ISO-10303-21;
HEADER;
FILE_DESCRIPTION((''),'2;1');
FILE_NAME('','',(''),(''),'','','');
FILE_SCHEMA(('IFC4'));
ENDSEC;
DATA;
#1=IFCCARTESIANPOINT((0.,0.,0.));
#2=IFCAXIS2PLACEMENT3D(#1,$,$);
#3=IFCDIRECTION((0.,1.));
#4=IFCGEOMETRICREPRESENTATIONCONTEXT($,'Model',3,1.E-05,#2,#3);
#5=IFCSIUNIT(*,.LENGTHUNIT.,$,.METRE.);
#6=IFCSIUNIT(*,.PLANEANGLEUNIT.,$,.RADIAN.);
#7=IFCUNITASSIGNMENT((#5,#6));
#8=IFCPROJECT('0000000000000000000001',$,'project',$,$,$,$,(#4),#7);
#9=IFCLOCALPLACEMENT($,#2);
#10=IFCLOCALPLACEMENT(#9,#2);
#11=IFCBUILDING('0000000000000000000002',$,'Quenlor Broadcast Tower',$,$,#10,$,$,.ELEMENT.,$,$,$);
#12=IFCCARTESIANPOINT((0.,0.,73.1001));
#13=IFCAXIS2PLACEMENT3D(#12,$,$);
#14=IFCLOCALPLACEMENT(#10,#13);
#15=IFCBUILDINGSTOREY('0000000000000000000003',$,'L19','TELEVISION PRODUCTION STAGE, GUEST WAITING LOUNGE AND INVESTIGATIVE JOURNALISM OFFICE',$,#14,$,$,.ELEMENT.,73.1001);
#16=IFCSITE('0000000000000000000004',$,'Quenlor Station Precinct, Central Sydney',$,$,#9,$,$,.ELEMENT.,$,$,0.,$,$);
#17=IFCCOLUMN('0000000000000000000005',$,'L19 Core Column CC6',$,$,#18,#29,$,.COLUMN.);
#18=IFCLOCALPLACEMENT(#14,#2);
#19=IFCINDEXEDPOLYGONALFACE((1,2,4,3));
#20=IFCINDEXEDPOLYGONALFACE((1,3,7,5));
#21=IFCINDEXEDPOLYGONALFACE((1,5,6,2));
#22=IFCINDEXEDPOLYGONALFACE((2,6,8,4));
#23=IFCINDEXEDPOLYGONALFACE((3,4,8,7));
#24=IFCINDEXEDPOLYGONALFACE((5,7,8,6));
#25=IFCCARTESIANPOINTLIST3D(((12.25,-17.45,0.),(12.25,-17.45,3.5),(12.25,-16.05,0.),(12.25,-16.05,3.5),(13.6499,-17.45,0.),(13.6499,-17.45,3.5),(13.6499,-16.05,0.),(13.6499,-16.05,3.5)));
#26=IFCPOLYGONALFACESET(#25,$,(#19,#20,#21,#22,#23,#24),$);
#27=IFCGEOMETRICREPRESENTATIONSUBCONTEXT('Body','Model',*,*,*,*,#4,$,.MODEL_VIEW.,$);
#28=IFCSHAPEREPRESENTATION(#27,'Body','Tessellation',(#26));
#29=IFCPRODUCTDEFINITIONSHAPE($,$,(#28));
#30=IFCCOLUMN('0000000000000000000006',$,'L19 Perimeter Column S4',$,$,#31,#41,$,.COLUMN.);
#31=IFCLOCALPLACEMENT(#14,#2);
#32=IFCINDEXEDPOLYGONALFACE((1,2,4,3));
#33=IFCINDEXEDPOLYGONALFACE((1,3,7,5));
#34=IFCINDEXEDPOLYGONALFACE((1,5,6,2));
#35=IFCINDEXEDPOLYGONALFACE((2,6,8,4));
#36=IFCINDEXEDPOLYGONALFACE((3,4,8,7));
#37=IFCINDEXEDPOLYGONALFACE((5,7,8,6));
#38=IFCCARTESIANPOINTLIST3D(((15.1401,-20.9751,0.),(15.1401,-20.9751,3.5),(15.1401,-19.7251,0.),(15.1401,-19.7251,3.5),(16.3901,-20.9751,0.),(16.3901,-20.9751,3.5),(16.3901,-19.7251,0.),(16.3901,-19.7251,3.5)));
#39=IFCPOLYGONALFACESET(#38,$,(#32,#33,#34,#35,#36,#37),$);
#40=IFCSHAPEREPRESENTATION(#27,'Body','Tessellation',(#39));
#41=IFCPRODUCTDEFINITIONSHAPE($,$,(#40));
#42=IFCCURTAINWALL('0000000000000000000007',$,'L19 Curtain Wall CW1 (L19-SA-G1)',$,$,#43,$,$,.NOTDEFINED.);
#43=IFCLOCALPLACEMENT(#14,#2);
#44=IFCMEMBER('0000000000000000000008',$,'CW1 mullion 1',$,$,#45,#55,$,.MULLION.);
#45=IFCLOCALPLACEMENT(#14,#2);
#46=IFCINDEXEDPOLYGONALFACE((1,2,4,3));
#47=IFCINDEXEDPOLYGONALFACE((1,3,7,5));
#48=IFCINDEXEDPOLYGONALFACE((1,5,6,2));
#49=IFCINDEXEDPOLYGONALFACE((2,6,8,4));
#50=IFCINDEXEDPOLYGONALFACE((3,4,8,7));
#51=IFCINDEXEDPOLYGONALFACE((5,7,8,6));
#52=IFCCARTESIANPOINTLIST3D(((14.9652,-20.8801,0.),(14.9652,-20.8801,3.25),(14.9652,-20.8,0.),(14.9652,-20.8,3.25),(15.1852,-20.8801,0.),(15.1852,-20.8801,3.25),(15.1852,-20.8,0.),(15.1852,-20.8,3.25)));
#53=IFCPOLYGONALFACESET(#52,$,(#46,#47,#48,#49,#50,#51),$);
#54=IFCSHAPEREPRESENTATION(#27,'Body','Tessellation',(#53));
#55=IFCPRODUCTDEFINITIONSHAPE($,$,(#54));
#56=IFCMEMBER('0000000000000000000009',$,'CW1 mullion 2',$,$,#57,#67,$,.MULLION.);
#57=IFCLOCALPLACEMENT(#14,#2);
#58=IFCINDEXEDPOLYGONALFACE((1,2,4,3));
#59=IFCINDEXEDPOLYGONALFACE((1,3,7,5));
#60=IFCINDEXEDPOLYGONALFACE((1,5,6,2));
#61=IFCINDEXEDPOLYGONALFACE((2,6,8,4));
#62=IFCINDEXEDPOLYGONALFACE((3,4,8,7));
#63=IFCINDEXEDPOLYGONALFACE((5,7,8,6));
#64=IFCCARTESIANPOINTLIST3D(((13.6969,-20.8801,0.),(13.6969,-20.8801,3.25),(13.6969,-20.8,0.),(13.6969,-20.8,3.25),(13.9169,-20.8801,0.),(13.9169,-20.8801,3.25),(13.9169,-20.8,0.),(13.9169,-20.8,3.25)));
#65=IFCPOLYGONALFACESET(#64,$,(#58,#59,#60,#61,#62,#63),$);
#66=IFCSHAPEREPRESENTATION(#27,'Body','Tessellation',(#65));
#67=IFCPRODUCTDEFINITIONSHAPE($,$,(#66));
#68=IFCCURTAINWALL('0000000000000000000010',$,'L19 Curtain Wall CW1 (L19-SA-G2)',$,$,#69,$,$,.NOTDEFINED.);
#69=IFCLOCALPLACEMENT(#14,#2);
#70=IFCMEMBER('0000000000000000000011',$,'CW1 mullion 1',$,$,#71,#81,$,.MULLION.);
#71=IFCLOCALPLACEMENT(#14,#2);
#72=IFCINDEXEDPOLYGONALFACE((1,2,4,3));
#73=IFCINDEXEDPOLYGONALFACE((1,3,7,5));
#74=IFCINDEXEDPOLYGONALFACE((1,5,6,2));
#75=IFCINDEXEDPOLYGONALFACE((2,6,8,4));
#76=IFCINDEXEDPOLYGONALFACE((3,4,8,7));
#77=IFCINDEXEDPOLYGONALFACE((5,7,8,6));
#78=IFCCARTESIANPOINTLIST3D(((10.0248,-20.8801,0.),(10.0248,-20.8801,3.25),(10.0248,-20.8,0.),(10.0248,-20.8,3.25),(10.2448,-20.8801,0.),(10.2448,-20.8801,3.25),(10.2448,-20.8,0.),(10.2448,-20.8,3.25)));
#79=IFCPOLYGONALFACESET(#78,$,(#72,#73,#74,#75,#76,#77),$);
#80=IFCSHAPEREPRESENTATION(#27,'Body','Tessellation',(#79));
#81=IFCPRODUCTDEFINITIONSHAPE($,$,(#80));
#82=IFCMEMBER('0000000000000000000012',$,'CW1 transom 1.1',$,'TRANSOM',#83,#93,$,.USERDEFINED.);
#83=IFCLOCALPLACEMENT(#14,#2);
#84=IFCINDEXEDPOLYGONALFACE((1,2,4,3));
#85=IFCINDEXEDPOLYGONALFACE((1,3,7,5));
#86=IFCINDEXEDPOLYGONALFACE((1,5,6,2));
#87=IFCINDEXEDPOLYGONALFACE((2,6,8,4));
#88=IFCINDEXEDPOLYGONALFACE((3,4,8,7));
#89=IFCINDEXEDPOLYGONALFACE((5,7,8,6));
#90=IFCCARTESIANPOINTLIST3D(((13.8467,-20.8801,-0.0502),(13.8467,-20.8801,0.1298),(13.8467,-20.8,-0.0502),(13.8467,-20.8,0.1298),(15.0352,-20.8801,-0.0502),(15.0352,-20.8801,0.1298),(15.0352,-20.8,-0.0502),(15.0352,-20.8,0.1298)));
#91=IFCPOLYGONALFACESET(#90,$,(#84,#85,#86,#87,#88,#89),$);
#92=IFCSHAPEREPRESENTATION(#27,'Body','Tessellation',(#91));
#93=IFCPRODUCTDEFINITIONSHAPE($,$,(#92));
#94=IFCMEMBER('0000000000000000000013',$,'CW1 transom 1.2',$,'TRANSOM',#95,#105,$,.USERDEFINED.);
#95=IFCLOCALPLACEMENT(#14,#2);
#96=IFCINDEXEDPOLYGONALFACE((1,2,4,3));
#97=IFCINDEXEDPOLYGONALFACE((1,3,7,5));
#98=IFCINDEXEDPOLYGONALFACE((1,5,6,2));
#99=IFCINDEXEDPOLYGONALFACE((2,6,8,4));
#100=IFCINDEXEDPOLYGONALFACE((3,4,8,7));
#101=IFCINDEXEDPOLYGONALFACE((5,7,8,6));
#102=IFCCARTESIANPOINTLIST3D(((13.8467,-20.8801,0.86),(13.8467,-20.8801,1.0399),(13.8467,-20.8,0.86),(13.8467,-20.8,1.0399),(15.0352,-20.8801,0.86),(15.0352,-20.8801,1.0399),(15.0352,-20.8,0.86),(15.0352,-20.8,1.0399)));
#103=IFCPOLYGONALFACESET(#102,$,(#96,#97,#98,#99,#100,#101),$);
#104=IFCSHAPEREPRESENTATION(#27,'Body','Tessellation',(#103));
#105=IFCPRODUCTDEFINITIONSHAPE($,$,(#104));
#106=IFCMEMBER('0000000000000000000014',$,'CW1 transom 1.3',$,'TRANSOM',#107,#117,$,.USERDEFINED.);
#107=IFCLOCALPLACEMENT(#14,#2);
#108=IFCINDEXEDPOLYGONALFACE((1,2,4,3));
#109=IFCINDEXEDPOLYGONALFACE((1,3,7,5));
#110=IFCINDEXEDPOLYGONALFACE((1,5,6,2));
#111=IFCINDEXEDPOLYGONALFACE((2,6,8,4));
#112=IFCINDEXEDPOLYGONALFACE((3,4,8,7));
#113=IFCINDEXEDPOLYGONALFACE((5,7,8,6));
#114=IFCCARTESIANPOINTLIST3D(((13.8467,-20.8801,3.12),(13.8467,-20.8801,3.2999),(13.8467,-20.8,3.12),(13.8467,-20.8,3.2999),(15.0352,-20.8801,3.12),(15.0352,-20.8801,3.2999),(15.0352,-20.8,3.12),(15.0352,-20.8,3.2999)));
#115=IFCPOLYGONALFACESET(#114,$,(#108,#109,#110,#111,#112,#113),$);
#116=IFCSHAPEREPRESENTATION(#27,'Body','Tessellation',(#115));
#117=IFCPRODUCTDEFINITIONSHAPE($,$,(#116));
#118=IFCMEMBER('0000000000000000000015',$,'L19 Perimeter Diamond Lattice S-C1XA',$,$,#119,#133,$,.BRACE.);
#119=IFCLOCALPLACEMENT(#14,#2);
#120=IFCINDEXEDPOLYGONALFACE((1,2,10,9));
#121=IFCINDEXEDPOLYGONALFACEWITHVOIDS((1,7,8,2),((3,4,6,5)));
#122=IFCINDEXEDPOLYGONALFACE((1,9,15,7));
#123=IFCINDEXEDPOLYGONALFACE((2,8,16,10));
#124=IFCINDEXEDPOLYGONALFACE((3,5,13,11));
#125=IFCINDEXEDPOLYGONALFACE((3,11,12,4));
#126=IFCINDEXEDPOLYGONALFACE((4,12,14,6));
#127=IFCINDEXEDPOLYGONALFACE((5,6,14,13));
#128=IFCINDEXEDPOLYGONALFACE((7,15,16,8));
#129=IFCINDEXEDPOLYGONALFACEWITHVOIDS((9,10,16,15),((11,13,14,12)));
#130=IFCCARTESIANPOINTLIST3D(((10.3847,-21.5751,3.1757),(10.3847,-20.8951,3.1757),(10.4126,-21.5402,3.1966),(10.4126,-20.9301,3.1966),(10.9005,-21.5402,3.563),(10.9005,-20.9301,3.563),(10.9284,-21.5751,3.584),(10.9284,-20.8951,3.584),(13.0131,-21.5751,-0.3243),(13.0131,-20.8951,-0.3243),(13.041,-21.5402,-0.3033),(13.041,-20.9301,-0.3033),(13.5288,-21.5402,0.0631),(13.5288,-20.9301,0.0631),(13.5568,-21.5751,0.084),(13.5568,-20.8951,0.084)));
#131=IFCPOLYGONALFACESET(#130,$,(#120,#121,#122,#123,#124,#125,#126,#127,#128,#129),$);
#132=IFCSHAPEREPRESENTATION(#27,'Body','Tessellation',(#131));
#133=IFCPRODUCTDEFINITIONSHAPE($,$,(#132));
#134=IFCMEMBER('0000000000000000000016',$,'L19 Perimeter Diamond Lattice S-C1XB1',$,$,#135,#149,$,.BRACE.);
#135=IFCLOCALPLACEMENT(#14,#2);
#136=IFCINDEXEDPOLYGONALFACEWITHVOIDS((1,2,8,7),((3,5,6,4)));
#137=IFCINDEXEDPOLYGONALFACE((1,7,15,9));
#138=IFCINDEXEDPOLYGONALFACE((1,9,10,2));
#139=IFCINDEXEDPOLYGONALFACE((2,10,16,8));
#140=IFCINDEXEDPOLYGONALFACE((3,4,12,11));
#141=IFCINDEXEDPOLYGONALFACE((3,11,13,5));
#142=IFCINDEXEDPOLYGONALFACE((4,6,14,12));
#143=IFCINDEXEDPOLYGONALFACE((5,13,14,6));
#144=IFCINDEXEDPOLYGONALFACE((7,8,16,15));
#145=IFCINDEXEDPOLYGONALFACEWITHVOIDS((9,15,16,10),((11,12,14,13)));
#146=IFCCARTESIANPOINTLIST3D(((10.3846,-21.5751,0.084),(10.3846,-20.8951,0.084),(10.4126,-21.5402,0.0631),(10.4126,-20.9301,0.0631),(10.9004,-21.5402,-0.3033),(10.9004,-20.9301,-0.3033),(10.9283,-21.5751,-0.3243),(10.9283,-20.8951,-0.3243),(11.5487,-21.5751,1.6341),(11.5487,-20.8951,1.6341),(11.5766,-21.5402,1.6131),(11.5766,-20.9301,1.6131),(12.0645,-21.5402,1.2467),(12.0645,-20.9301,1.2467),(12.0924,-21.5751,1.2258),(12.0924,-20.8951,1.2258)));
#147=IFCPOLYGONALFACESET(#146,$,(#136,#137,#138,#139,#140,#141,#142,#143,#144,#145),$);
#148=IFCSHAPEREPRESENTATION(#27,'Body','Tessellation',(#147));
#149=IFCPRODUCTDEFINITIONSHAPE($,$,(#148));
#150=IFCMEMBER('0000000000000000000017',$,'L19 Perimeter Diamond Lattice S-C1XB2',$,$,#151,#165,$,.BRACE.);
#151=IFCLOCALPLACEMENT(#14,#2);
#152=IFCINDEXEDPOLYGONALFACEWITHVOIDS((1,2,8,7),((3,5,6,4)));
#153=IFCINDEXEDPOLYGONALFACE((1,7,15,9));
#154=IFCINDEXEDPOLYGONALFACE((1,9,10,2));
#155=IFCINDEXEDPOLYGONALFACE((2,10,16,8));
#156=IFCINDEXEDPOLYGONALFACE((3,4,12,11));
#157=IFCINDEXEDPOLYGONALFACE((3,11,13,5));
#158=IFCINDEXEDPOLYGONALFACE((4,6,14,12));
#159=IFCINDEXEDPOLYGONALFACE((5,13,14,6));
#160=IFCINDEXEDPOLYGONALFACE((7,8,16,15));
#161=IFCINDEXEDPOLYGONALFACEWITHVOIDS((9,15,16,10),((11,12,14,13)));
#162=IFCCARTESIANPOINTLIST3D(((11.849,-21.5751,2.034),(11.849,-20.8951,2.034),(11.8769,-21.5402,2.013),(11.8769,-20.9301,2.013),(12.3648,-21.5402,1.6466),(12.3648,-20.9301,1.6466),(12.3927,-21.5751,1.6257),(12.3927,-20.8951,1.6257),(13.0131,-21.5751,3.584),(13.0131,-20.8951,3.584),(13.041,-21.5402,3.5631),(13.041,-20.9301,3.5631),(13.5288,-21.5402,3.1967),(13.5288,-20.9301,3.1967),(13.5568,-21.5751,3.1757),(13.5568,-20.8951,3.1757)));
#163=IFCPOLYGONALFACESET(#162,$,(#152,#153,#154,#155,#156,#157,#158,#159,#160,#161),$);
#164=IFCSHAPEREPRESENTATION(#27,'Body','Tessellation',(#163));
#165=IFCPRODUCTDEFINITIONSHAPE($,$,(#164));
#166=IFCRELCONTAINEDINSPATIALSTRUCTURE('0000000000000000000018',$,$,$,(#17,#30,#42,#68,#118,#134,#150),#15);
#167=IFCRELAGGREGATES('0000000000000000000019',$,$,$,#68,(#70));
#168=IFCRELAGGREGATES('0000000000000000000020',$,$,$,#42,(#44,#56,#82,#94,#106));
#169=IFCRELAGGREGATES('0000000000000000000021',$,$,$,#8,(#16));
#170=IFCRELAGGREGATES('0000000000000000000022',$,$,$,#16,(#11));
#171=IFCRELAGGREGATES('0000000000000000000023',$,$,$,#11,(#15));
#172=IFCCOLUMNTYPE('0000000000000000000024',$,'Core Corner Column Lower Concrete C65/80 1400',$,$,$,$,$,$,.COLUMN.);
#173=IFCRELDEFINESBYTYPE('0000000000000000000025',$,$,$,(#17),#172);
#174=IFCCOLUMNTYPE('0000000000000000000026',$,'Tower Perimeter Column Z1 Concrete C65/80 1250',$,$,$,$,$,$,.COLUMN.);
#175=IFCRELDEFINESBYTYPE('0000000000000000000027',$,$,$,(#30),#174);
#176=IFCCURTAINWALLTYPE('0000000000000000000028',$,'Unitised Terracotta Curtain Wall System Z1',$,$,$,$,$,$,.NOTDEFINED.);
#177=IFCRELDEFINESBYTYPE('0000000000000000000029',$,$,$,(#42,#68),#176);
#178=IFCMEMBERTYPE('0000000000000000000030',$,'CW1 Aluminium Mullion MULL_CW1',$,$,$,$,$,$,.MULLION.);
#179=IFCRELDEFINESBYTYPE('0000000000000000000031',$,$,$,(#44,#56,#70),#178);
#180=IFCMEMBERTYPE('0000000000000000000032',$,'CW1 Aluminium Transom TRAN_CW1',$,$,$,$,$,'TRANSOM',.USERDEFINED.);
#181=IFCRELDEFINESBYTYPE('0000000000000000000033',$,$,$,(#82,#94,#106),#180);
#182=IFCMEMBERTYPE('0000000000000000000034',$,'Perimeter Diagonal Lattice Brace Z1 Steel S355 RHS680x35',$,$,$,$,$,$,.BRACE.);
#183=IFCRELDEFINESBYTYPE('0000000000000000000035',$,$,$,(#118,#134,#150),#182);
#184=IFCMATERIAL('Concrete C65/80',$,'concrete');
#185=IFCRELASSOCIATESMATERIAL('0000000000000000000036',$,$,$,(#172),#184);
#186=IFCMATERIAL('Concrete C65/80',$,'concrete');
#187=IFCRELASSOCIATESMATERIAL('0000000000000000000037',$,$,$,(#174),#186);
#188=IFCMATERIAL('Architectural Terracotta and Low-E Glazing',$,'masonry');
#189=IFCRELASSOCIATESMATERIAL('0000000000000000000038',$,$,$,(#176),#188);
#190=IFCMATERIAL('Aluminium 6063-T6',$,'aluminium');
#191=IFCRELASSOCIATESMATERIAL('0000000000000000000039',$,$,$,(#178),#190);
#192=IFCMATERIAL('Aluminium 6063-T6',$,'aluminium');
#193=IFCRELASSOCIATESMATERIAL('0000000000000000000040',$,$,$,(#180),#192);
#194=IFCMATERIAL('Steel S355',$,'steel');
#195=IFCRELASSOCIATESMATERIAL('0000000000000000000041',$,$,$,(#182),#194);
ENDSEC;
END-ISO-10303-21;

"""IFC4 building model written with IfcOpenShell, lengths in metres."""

from ifc_helpers import new_model, si_unit, direction, frame, origin, origin_2d, place, context, subcontext, project, spatial, rectangle, hollow_rectangle, extrude, material, material_profile, profile_set, type_object, element, aggregate, save


model = new_model("IFC4")

# Units and contexts
model_context = context("Model", 3, precision=1e-05, world=origin(), true_north=direction((0.0, 1.0)))
body_context = subcontext(model_context, "Body", "Model", "MODEL_VIEW")
ifc_project = project(units=[si_unit("LENGTHUNIT", "METRE"), si_unit("PLANEANGLEUNIT", "RADIAN")], contexts=[model_context])

# Site, building, storey
site_placement = place(None, origin())
site = spatial("IfcSite", under=ifc_project, at=site_placement, Name="Quenlor Station Precinct, Central Sydney", CompositionType="ELEMENT", RefElevation=0.0)
building_placement = place(site_placement, origin())
building = spatial("IfcBuilding", under=site, at=building_placement, Name="Quenlor Broadcast Tower", CompositionType="ELEMENT")
storey_placement = place(building_placement, frame((0.0, 0.0, 73.1001)))
storey = spatial("IfcBuildingStorey", under=building, at=storey_placement, Name="L19", Description="TELEVISION PRODUCTION STAGE, GUEST WAITING LOUNGE AND INVESTIGATIVE JOURNALISM OFFICE", CompositionType="ELEMENT", Elevation=73.1001)

# Columns
ifc_material_1 = material(Name="Concrete C65/80", Category="concrete")
ifc_material_profile_1 = material_profile(ifc_material_1, rectangle(XDim=1.3999, YDim=1.3999, at=origin_2d()))
ifc_profile_set_1 = profile_set([ifc_material_profile_1], Name="Concrete C65/80 RC1400x1400")
column_type_1 = type_object("IfcColumnType", Name="Core Corner Column Lower Concrete C65/80 1400", PredefinedType="COLUMN", material=ifc_profile_set_1)
column_1_placement = place(storey_placement, frame((12.95, -16.75, 0.0), z_axis=(0.0, 0.0, 1.0), x_axis=(1.0, 0.0, 0.0)))
element("IfcColumn", 1, at=column_1_placement, inside=storey, type_object=column_type_1, Name="L19 Core Column CC6", PredefinedType="COLUMN", context=body_context, shape_type="SweptSolid", body=[
    extrude(rectangle(XDim=1.3999, YDim=1.3999, at=origin_2d()), origin(), (0.0, 0.0, 1.0), 3.5),
])
ifc_material_2 = material(Name="Concrete C65/80", Category="concrete")
ifc_material_profile_2 = material_profile(ifc_material_2, rectangle(XDim=1.25, YDim=1.25, at=origin_2d()))
ifc_profile_set_2 = profile_set([ifc_material_profile_2], Name="Concrete C65/80 RC1250x1250")
column_type_2 = type_object("IfcColumnType", Name="Tower Perimeter Column Z1 Concrete C65/80 1250", PredefinedType="COLUMN", material=ifc_profile_set_2)
column_2_placement = place(storey_placement, frame((15.7651, -20.3501, 0.0), z_axis=(0.0, 0.0, 1.0), x_axis=(0.0, 1.0, 0.0)))
element("IfcColumn", 2, at=column_2_placement, inside=storey, type_object=column_type_2, Name="L19 Perimeter Column S4", PredefinedType="COLUMN", context=body_context, shape_type="SweptSolid", body=[
    extrude(rectangle(XDim=1.25, YDim=1.25, at=origin_2d()), origin(), (0.0, 0.0, 1.0), 3.5),
])

# Curtain wall, members
ifc_material_3 = material(Name="Architectural Terracotta and Low-E Glazing", Category="masonry")
curtain_wall_type = type_object("IfcCurtainWallType", Name="Unitised Terracotta Curtain Wall System Z1", PredefinedType="NOTDEFINED", material=ifc_material_3)
curtain_wall_1_placement = place(storey_placement, origin())
curtain_wall_1 = element("IfcCurtainWall", 3, at=curtain_wall_1_placement, inside=storey, type_object=curtain_wall_type, Name="L19 Curtain Wall CW1 (L19-SA-G1)", PredefinedType="NOTDEFINED")
ifc_material_4 = material(Name="Aluminium 6063-T6", Category="aluminium")
ifc_material_profile_3 = material_profile(ifc_material_4, rectangle(XDim=0.0801, YDim=0.22, at=origin_2d()))
ifc_profile_set_3 = profile_set([ifc_material_profile_3], Name="Aluminium 6063-T6 MULL80x220")
member_type_1 = type_object("IfcMemberType", Name="CW1 Aluminium Mullion MULL_CW1", PredefinedType="MULLION", material=ifc_profile_set_3)
member_1_placement = place(storey_placement, frame((15.0752, -20.8401, 0.0), z_axis=(0.0, 0.0, 1.0), x_axis=(0.0, -1.0, 0.0)))
member_1 = element("IfcMember", 4, at=member_1_placement, type_object=member_type_1, Name="CW1 mullion 1", PredefinedType="MULLION", context=body_context, shape_type="SweptSolid", body=[
    extrude(rectangle(XDim=0.0801, YDim=0.22, at=origin_2d()), origin(), (0.0, 0.0, 1.0), 3.25),
])
member_2_placement = place(storey_placement, frame((13.8069, -20.8401, 0.0), z_axis=(0.0, 0.0, 1.0), x_axis=(0.0, -1.0, 0.0)))
member_2 = element("IfcMember", 5, at=member_2_placement, type_object=member_type_1, Name="CW1 mullion 2", PredefinedType="MULLION", context=body_context, shape_type="SweptSolid", body=[
    extrude(rectangle(XDim=0.0801, YDim=0.22, at=origin_2d()), origin(), (0.0, 0.0, 1.0), 3.25),
])

# Curtain wall, member
curtain_wall_2_placement = place(storey_placement, origin())
curtain_wall_2 = element("IfcCurtainWall", 6, at=curtain_wall_2_placement, inside=storey, type_object=curtain_wall_type, Name="L19 Curtain Wall CW1 (L19-SA-G2)", PredefinedType="NOTDEFINED")
member_3_placement = place(storey_placement, frame((10.1348, -20.8401, 0.0), z_axis=(0.0, 0.0, 1.0), x_axis=(0.0, -1.0, 0.0)))
member_3 = element("IfcMember", 7, at=member_3_placement, type_object=member_type_1, Name="CW1 mullion 1", PredefinedType="MULLION", context=body_context, shape_type="SweptSolid", body=[
    extrude(rectangle(XDim=0.0801, YDim=0.22, at=origin_2d()), origin(), (0.0, 0.0, 1.0), 3.25),
])
aggregate(curtain_wall_2, [member_3])

# Members
ifc_material_5 = material(Name="Aluminium 6063-T6", Category="aluminium")
ifc_material_profile_4 = material_profile(ifc_material_5, rectangle(XDim=0.0801, YDim=0.1799, at=origin_2d()))
ifc_profile_set_4 = profile_set([ifc_material_profile_4], Name="Aluminium 6063-T6 TRAN80x180")
member_type_2 = type_object("IfcMemberType", Name="CW1 Aluminium Transom TRAN_CW1", ElementType="TRANSOM", PredefinedType="USERDEFINED", material=ifc_profile_set_4)
member_4_placement = place(storey_placement, frame((15.0352, -20.8401, 0.0398), z_axis=(-1.0, 0.0, 0.0), x_axis=(0.0, -1.0, 0.0)))
member_4 = element("IfcMember", 8, at=member_4_placement, type_object=member_type_2, Name="CW1 transom 1.1", ObjectType="TRANSOM", PredefinedType="USERDEFINED", context=body_context, shape_type="SweptSolid", body=[
    extrude(rectangle(XDim=0.0801, YDim=0.1799, at=origin_2d()), origin(), (0.0, 0.0, 1.0), 1.1885),
])
member_5_placement = place(storey_placement, frame((15.0352, -20.8401, 0.95), z_axis=(-1.0, 0.0, 0.0), x_axis=(0.0, -1.0, 0.0)))
member_5 = element("IfcMember", 9, at=member_5_placement, type_object=member_type_2, Name="CW1 transom 1.2", ObjectType="TRANSOM", PredefinedType="USERDEFINED", context=body_context, shape_type="SweptSolid", body=[
    extrude(rectangle(XDim=0.0801, YDim=0.1799, at=origin_2d()), origin(), (0.0, 0.0, 1.0), 1.1885),
])
member_6_placement = place(storey_placement, frame((15.0352, -20.8401, 3.21), z_axis=(-1.0, 0.0, 0.0), x_axis=(0.0, -1.0, 0.0)))
member_6 = element("IfcMember", 10, at=member_6_placement, type_object=member_type_2, Name="CW1 transom 1.3", ObjectType="TRANSOM", PredefinedType="USERDEFINED", context=body_context, shape_type="SweptSolid", body=[
    extrude(rectangle(XDim=0.0801, YDim=0.1799, at=origin_2d()), origin(), (0.0, 0.0, 1.0), 1.1885),
])

# Members
ifc_material_6 = material(Name="Steel S355", Category="steel")
ifc_material_profile_5 = material_profile(ifc_material_6, hollow_rectangle(XDim=0.6799, YDim=0.6799, WallThickness=0.0349, at=origin_2d()))
ifc_profile_set_5 = profile_set([ifc_material_profile_5], Name="Steel S355 RHS680x680x35")
member_type_3 = type_object("IfcMemberType", Name="Perimeter Diagonal Lattice Brace Z1 Steel S355 RHS680x35", PredefinedType="BRACE", material=ifc_profile_set_5)
member_7_placement = place(storey_placement, frame((13.2849, -21.2351, -0.1201), z_axis=(-0.6005, 0.0, 0.799625), x_axis=(0.0, -1.0, 0.0)))
element("IfcMember", 11, at=member_7_placement, inside=storey, type_object=member_type_3, Name="L19 Perimeter Diamond Lattice S-C1XA", PredefinedType="BRACE", context=body_context, shape_type="SweptSolid", body=[
    extrude(hollow_rectangle(XDim=0.6799, YDim=0.6799, WallThickness=0.0349, at=origin_2d()), origin(), (0.0, 0.0, 1.0), 4.377),
])
for number, where, z_axis, x_axis, name in (
    (12, (10.6565, -21.2351, -0.1201), (0.600504, 0.0, 0.799622), (0.0, 1.0, 0.0), "L19 Perimeter Diamond Lattice S-C1XB1"),
    (13, (12.1208, -21.2351, 1.8298), (0.600504, 0.0, 0.799622), (0.0, 1.0, 0.0), "L19 Perimeter Diamond Lattice S-C1XB2"),
):
    element("IfcMember", number, at=place(storey_placement, frame(where, z_axis=z_axis, x_axis=x_axis)), inside=storey, type_object=member_type_3, Name=name, PredefinedType="BRACE", context=body_context, shape_type="SweptSolid", body=[
        extrude(hollow_rectangle(XDim=0.6799, YDim=0.6799, WallThickness=0.0349, at=origin_2d()), origin(), (0.0, 0.0, 1.0), 1.9385),
    ])

aggregate(curtain_wall_1, [member_1, member_2, member_4, member_5, member_6])

save(model, "model.ifc")
